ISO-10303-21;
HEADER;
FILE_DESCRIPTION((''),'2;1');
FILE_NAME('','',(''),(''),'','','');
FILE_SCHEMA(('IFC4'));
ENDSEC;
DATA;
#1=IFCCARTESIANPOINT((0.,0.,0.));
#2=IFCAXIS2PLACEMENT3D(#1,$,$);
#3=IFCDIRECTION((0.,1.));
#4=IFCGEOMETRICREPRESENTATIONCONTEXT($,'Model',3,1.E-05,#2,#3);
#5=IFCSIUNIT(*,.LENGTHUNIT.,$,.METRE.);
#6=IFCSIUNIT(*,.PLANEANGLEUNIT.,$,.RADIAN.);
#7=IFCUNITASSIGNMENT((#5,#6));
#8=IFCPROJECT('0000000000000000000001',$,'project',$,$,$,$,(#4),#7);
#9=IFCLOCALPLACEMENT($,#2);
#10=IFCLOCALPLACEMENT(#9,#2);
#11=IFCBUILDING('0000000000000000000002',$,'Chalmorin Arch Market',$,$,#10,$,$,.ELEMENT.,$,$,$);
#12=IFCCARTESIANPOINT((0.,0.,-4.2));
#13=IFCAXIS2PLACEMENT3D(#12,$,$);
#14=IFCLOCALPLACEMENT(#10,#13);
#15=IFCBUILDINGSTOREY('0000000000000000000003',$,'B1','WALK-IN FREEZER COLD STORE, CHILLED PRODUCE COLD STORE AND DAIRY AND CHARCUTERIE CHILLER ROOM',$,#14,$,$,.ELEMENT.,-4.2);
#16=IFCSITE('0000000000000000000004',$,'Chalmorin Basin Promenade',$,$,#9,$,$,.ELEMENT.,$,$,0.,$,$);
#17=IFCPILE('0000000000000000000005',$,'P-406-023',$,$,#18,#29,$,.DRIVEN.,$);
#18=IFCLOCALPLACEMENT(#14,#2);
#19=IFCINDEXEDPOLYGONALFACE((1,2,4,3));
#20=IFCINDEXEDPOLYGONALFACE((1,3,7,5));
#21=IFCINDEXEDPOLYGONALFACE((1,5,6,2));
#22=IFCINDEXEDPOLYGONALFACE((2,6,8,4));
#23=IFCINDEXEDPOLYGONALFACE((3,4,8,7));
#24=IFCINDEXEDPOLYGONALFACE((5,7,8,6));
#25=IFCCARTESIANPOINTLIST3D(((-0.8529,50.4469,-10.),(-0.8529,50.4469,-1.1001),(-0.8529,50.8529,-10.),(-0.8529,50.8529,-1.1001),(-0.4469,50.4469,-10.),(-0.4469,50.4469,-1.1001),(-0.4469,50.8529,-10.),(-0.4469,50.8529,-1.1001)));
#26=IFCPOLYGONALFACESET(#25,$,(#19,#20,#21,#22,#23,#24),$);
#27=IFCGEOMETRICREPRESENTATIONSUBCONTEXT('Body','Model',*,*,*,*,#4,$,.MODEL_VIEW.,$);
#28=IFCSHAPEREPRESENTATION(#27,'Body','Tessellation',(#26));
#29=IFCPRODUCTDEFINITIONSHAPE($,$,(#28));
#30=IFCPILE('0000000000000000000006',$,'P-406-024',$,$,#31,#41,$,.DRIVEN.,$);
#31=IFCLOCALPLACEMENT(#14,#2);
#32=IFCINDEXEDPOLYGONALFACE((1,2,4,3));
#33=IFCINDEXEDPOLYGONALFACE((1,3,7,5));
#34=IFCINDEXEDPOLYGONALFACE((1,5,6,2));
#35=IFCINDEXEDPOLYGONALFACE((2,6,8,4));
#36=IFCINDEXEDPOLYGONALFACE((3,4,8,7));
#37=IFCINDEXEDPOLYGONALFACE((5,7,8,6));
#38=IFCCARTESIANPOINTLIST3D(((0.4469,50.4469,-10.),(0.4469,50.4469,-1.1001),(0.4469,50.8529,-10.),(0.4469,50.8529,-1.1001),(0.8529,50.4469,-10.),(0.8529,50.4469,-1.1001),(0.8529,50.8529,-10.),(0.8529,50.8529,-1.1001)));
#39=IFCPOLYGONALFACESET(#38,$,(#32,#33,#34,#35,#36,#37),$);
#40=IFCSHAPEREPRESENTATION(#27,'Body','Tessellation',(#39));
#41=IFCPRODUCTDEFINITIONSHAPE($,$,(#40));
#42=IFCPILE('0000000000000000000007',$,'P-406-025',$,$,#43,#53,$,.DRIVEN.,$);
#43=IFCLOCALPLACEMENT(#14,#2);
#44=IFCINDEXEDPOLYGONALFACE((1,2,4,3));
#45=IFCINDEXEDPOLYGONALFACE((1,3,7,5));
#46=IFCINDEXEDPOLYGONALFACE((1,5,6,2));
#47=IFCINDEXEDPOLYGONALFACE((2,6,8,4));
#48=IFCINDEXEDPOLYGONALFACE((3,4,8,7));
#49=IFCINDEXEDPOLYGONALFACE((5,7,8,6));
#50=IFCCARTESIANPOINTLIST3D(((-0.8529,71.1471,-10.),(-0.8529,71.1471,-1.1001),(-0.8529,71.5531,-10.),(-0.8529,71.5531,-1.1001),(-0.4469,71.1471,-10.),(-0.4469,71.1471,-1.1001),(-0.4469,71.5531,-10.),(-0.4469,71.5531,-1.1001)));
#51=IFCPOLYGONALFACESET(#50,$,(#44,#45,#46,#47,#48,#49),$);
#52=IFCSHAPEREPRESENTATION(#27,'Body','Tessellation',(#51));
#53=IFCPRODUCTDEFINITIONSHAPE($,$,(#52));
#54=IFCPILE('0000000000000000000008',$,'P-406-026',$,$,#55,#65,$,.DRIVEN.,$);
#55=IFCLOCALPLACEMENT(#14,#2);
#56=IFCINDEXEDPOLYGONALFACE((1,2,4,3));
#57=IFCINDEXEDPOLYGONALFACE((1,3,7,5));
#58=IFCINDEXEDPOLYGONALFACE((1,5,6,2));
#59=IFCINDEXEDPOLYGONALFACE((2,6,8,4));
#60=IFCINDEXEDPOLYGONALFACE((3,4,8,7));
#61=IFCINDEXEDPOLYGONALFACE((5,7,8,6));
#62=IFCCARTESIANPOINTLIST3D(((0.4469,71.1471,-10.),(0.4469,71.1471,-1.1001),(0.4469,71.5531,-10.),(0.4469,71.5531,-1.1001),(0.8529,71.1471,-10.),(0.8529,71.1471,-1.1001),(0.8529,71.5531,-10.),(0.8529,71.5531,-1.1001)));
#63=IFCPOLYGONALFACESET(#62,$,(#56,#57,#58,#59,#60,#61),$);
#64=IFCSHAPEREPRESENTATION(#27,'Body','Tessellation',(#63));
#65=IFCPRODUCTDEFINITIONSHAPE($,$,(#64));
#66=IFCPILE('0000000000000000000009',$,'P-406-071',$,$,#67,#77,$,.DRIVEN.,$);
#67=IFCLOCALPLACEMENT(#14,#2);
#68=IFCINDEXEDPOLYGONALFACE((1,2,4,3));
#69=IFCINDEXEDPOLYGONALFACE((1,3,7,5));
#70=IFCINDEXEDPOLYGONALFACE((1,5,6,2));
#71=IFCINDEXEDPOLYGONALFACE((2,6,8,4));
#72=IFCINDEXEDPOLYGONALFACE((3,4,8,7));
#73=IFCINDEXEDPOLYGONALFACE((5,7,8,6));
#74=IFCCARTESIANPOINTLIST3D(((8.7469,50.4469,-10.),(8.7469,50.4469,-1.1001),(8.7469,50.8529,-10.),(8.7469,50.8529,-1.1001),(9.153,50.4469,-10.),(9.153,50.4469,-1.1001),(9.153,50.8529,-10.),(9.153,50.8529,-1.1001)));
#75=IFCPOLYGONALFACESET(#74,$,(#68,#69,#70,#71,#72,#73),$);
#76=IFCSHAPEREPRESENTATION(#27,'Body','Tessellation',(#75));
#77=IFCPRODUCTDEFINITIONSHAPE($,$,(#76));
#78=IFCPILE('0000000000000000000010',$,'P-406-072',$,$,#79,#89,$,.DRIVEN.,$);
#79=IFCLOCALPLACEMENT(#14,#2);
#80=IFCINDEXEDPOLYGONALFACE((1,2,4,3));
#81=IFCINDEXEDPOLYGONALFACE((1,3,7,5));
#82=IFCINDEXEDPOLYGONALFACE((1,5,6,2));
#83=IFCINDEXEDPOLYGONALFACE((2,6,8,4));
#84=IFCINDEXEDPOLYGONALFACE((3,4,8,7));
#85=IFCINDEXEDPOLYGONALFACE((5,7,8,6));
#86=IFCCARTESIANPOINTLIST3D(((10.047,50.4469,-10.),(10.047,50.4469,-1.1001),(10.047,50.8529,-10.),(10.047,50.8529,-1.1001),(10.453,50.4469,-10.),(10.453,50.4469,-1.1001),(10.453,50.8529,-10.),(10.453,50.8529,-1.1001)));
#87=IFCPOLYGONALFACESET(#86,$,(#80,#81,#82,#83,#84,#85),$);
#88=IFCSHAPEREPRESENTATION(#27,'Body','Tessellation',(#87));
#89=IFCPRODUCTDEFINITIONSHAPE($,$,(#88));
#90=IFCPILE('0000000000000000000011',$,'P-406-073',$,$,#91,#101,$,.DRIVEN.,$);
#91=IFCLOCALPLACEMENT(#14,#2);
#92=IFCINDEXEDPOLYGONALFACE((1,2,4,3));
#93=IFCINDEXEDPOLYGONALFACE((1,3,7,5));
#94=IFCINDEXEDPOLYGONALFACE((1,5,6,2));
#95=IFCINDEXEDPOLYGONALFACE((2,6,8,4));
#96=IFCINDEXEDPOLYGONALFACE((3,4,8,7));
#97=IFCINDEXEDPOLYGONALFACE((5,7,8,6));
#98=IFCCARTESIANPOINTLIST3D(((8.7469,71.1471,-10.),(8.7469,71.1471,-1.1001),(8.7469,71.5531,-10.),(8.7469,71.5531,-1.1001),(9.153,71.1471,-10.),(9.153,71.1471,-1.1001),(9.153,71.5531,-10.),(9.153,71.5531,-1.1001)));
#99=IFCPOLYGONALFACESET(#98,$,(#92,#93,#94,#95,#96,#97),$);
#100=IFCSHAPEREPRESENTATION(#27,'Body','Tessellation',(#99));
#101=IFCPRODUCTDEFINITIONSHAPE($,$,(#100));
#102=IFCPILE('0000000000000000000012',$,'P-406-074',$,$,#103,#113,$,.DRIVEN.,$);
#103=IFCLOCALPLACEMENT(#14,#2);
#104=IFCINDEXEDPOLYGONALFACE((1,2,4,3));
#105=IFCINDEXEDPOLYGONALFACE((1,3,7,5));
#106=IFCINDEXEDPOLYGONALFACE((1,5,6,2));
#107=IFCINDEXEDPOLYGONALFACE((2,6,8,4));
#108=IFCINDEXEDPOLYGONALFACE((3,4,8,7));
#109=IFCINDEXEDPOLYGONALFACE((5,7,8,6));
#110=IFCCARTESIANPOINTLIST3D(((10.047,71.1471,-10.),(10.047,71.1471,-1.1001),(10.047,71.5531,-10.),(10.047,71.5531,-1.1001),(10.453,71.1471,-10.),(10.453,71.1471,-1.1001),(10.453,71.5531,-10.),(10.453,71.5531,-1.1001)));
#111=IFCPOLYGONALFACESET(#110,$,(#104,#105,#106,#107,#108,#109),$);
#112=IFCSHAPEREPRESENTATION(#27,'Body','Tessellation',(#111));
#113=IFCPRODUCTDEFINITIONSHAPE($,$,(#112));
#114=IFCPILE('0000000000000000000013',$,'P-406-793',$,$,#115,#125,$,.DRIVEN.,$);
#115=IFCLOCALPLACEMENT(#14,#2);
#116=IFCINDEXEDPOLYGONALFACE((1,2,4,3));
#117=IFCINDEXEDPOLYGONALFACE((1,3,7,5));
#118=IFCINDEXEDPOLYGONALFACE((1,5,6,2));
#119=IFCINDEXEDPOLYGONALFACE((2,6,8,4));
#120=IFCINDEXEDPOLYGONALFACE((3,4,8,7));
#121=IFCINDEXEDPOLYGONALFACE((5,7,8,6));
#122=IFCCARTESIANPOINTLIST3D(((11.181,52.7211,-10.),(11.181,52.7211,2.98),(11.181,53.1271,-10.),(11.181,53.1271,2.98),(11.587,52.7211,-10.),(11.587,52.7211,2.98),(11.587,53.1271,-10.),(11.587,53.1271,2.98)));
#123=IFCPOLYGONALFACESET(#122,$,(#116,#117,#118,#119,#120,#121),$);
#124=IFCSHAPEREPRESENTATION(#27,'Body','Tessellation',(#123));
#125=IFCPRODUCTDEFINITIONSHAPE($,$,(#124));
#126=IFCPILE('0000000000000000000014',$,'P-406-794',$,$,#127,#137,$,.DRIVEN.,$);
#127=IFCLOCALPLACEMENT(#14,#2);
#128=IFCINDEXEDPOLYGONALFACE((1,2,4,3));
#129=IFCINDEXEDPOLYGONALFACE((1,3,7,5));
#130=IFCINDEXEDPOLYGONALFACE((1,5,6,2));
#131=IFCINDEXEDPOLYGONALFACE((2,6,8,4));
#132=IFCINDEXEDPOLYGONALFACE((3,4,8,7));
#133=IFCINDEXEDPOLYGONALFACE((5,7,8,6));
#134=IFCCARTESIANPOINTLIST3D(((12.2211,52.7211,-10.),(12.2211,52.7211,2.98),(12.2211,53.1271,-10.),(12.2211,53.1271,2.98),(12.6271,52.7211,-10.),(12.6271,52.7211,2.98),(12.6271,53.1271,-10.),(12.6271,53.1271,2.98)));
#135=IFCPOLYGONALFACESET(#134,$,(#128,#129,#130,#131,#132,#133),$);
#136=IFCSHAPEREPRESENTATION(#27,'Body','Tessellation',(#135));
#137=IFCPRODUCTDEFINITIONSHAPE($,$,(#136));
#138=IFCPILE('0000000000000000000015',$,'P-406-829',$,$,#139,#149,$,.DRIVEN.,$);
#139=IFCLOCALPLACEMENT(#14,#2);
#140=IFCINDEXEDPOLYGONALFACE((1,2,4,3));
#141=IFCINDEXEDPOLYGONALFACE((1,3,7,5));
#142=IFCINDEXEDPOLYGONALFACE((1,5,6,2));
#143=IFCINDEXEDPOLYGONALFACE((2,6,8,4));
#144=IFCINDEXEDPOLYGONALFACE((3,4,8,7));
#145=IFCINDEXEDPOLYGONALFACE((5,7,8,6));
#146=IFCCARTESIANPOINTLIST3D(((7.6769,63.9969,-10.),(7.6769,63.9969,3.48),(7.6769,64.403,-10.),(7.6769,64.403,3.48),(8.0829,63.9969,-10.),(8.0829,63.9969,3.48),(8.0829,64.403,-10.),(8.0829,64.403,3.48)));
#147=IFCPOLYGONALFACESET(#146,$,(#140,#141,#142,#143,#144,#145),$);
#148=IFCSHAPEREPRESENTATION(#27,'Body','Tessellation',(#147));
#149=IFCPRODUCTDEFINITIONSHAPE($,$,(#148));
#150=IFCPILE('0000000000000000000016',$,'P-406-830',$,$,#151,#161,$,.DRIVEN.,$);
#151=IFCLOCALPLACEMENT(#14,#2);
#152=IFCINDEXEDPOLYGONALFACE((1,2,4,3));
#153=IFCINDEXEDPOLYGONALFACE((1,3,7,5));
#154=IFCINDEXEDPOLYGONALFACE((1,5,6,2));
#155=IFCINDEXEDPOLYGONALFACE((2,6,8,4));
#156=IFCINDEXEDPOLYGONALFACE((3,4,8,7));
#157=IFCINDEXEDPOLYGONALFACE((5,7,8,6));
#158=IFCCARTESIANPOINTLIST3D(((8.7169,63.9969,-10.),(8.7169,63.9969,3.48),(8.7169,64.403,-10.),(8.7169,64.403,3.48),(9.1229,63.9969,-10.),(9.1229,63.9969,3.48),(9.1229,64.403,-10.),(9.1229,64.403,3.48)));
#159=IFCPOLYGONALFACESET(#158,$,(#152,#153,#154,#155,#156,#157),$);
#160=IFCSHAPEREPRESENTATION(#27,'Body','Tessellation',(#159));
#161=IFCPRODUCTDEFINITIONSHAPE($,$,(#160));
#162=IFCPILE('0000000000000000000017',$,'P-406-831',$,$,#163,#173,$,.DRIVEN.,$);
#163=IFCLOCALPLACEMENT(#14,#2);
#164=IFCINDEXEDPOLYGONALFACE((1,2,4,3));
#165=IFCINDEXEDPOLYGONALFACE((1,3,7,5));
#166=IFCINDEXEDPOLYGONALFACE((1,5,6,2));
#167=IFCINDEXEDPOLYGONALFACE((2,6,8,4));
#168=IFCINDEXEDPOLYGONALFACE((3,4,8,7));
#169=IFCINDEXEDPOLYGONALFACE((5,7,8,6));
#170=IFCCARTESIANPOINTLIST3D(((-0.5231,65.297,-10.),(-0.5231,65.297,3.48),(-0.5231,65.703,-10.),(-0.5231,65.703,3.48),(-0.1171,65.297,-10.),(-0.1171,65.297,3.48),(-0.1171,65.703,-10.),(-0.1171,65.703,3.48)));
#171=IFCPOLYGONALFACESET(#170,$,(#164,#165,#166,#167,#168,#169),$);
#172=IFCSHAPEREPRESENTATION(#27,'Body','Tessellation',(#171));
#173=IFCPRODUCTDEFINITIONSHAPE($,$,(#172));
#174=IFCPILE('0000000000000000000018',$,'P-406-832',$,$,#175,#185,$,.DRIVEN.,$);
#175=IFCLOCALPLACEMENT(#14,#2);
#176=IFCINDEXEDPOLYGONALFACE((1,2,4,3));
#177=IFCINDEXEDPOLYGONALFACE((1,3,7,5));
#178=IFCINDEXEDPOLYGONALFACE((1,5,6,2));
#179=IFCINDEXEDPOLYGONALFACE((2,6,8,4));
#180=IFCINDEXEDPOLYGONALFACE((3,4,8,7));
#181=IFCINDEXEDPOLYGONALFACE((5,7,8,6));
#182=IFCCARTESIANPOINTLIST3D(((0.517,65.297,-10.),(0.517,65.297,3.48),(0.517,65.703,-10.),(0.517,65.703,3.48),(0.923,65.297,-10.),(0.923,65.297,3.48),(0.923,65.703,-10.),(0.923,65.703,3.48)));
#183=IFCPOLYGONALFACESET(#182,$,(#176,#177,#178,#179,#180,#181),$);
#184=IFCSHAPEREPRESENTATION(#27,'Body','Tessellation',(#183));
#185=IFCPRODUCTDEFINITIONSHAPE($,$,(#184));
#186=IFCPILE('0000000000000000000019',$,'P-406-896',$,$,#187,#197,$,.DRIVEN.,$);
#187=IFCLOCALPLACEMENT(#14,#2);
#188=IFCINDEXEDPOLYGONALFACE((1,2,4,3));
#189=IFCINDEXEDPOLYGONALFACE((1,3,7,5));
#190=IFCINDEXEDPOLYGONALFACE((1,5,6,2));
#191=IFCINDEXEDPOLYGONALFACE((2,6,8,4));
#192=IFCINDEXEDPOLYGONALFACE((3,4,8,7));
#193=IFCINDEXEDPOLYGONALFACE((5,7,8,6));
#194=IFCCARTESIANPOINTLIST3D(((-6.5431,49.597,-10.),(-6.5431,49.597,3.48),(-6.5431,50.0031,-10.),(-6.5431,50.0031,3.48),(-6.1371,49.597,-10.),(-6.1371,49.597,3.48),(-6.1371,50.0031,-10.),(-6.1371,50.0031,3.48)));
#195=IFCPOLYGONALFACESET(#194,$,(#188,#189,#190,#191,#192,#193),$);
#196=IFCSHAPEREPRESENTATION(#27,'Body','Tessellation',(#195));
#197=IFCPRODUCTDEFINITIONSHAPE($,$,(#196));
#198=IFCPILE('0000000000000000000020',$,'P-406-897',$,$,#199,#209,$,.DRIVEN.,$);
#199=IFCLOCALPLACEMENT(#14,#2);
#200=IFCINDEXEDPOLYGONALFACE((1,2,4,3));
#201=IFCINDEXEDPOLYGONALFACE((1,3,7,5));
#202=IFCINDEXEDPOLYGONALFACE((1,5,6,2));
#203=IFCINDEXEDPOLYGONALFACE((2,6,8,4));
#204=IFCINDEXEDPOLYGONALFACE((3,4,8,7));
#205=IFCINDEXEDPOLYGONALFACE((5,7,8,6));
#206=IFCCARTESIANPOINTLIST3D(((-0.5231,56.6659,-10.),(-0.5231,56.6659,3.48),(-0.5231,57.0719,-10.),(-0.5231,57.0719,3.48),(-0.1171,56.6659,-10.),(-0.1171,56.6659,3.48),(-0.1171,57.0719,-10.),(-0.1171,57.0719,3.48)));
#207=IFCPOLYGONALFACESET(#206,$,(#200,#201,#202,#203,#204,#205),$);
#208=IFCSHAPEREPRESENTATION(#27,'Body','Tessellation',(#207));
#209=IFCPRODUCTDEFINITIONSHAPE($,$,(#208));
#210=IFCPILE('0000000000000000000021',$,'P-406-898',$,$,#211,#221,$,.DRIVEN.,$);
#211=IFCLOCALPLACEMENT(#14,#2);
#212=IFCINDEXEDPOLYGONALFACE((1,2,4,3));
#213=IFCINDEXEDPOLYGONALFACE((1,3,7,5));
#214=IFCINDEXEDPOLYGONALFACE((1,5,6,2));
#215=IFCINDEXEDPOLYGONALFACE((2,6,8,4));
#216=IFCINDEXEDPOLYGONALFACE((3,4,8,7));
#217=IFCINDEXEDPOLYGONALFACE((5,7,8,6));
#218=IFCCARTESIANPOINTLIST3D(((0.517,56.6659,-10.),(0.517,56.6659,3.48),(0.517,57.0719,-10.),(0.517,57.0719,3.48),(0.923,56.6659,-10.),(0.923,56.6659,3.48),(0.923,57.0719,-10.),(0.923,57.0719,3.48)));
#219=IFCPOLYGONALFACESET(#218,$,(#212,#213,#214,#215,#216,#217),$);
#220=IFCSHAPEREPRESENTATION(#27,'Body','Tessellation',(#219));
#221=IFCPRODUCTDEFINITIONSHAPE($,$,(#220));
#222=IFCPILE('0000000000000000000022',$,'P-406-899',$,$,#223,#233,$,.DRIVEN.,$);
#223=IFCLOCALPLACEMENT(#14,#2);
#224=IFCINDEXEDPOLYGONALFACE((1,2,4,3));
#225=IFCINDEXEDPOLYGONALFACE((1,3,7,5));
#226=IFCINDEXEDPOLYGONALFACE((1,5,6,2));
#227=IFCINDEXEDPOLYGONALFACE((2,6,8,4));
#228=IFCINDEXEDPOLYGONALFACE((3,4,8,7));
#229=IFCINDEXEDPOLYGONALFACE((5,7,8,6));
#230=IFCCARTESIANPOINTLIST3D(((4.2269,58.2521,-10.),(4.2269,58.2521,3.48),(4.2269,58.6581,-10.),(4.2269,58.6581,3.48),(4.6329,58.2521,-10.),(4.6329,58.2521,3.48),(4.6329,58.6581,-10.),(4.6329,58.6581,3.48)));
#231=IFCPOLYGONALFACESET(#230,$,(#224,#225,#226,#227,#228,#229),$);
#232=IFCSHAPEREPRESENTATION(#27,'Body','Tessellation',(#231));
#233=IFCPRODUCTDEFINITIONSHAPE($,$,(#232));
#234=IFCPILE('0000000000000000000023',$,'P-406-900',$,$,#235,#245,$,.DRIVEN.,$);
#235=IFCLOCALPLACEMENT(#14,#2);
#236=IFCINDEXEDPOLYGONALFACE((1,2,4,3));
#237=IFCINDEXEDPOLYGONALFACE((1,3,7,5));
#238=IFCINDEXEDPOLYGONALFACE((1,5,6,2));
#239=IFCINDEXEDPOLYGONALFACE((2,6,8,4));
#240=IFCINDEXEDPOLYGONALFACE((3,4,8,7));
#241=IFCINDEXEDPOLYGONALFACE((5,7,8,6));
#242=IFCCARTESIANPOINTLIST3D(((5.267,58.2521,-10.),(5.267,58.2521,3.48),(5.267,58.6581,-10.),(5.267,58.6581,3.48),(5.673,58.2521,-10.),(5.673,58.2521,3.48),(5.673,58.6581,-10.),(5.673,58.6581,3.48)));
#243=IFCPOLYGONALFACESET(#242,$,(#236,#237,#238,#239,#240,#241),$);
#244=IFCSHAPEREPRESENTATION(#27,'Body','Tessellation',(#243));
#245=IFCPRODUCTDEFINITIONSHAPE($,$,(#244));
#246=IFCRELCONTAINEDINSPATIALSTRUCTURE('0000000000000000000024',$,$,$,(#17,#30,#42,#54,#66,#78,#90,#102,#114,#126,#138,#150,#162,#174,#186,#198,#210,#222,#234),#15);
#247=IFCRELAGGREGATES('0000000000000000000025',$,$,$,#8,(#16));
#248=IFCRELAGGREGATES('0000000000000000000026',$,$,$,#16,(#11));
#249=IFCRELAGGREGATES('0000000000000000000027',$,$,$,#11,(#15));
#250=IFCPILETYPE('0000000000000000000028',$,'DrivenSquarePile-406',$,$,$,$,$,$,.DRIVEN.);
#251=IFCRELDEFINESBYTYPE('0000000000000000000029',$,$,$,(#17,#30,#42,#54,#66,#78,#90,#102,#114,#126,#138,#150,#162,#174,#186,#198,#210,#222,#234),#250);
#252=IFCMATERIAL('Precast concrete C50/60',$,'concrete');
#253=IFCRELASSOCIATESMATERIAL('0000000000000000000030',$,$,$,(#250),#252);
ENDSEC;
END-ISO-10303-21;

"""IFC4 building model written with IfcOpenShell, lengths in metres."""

from ifc_helpers import new_model, si_unit, direction, frame, origin, origin_2d, place, context, subcontext, project, spatial, rectangle, extrude, material, material_profile, profile_set, type_object, element, save


model = new_model("IFC4")

# Units and contexts
model_context = context("Model", 3, precision=1e-05, world=origin(), true_north=direction((0.0, 1.0)))
body_context = subcontext(model_context, "Body", "Model", "MODEL_VIEW")
ifc_project = project(units=[si_unit("LENGTHUNIT", "METRE"), si_unit("PLANEANGLEUNIT", "RADIAN")], contexts=[model_context])

# Site, building, storey
site_placement = place(None, origin())
site = spatial("IfcSite", under=ifc_project, at=site_placement, Name="Chalmorin Basin Promenade", CompositionType="ELEMENT", RefElevation=0.0)
building_placement = place(site_placement, origin())
building = spatial("IfcBuilding", under=site, at=building_placement, Name="Chalmorin Arch Market", CompositionType="ELEMENT")
storey_placement = place(building_placement, frame((0.0, 0.0, -4.2)))
storey = spatial("IfcBuildingStorey", under=building, at=storey_placement, Name="B1", Description="WALK-IN FREEZER COLD STORE, CHILLED PRODUCE COLD STORE AND DAIRY AND CHARCUTERIE CHILLER ROOM", CompositionType="ELEMENT", Elevation=-4.2)

# Piles
ifc_material_1 = material(Name="Precast concrete C50/60", Category="concrete")
ifc_material_profile_1 = material_profile(ifc_material_1, rectangle(XDim=0.406, YDim=0.406, at=origin_2d()), Name="PPC406")
ifc_profile_set_1 = profile_set([ifc_material_profile_1], Name="Precast concrete C50/60")
pile_type = type_object("IfcPileType", Name="DrivenSquarePile-406", PredefinedType="DRIVEN", material=ifc_profile_set_1)
for number, where, z_axis, x_axis, name in (
    (1, (-0.6499, 50.6499, -1.1001), (0.0, 0.0, -1.0), (1.0, 0.0, 0.0), "P-406-023"),
    (2, (0.6499, 50.6499, -1.1001), (0.0, 0.0, -1.0), (1.0, 0.0, 0.0), "P-406-024"),
    (3, (-0.6499, 71.3501, -1.1001), (0.0, 0.0, -1.0), (1.0, 0.0, 0.0), "P-406-025"),
    (4, (0.6499, 71.3501, -1.1001), (0.0, 0.0, -1.0), (1.0, 0.0, 0.0), "P-406-026"),
    (5, (8.95, 50.6499, -1.1001), (0.0, 0.0, -1.0), (1.0, 0.0, 0.0), "P-406-071"),
    (6, (10.25, 50.6499, -1.1001), (0.0, 0.0, -1.0), (1.0, 0.0, 0.0), "P-406-072"),
    (7, (8.95, 71.3501, -1.1001), (0.0, 0.0, -1.0), (1.0, 0.0, 0.0), "P-406-073"),
    (8, (10.25, 71.3501, -1.1001), (0.0, 0.0, -1.0), (1.0, 0.0, 0.0), "P-406-074"),
):
    element("IfcPile", number, at=place(storey_placement, frame(where, z_axis=z_axis, x_axis=x_axis)), inside=storey, type_object=pile_type, Name=name, PredefinedType="DRIVEN", context=body_context, shape_type="SweptSolid", body=[
        extrude(rectangle(XDim=0.406, YDim=0.406, at=origin_2d()), origin(), (0.0, 0.0, 1.0), 8.8999),
    ])
for number, where, z_axis, x_axis, name in (
    (9, (11.384, 52.9241, 2.98), (0.0, 0.0, -1.0), (1.0, 0.0, 0.0), "P-406-793"),
    (10, (12.4241, 52.9241, 2.98), (0.0, 0.0, -1.0), (1.0, 0.0, 0.0), "P-406-794"),
):
    element("IfcPile", number, at=place(storey_placement, frame(where, z_axis=z_axis, x_axis=x_axis)), inside=storey, type_object=pile_type, Name=name, PredefinedType="DRIVEN", context=body_context, shape_type="SweptSolid", body=[
        extrude(rectangle(XDim=0.406, YDim=0.406, at=origin_2d()), origin(), (0.0, 0.0, 1.0), 12.98),
    ])
for number, where, z_axis, x_axis, name in (
    (11, (7.8799, 64.2, 3.48), (0.0, 0.0, -1.0), (1.0, 0.0, 0.0), "P-406-829"),
    (12, (8.9199, 64.2, 3.48), (0.0, 0.0, -1.0), (1.0, 0.0, 0.0), "P-406-830"),
    (13, (-0.3201, 65.5, 3.48), (0.0, 0.0, -1.0), (1.0, 0.0, 0.0), "P-406-831"),
    (14, (0.72, 65.5, 3.48), (0.0, 0.0, -1.0), (1.0, 0.0, 0.0), "P-406-832"),
    (15, (-6.3401, 49.8, 3.48), (0.0, 0.0, -1.0), (1.0, 0.0, 0.0), "P-406-896"),
    (16, (-0.3201, 56.8689, 3.48), (0.0, 0.0, -1.0), (1.0, 0.0, 0.0), "P-406-897"),
    (17, (0.72, 56.8689, 3.48), (0.0, 0.0, -1.0), (1.0, 0.0, 0.0), "P-406-898"),
    (18, (4.4299, 58.4551, 3.48), (0.0, 0.0, -1.0), (1.0, 0.0, 0.0), "P-406-899"),
    (19, (5.47, 58.4551, 3.48), (0.0, 0.0, -1.0), (1.0, 0.0, 0.0), "P-406-900"),
):
    element("IfcPile", number, at=place(storey_placement, frame(where, z_axis=z_axis, x_axis=x_axis)), inside=storey, type_object=pile_type, Name=name, PredefinedType="DRIVEN", context=body_context, shape_type="SweptSolid", body=[
        extrude(rectangle(XDim=0.406, YDim=0.406, at=origin_2d()), origin(), (0.0, 0.0, 1.0), 13.48),
    ])

save(model, "model.ifc")
